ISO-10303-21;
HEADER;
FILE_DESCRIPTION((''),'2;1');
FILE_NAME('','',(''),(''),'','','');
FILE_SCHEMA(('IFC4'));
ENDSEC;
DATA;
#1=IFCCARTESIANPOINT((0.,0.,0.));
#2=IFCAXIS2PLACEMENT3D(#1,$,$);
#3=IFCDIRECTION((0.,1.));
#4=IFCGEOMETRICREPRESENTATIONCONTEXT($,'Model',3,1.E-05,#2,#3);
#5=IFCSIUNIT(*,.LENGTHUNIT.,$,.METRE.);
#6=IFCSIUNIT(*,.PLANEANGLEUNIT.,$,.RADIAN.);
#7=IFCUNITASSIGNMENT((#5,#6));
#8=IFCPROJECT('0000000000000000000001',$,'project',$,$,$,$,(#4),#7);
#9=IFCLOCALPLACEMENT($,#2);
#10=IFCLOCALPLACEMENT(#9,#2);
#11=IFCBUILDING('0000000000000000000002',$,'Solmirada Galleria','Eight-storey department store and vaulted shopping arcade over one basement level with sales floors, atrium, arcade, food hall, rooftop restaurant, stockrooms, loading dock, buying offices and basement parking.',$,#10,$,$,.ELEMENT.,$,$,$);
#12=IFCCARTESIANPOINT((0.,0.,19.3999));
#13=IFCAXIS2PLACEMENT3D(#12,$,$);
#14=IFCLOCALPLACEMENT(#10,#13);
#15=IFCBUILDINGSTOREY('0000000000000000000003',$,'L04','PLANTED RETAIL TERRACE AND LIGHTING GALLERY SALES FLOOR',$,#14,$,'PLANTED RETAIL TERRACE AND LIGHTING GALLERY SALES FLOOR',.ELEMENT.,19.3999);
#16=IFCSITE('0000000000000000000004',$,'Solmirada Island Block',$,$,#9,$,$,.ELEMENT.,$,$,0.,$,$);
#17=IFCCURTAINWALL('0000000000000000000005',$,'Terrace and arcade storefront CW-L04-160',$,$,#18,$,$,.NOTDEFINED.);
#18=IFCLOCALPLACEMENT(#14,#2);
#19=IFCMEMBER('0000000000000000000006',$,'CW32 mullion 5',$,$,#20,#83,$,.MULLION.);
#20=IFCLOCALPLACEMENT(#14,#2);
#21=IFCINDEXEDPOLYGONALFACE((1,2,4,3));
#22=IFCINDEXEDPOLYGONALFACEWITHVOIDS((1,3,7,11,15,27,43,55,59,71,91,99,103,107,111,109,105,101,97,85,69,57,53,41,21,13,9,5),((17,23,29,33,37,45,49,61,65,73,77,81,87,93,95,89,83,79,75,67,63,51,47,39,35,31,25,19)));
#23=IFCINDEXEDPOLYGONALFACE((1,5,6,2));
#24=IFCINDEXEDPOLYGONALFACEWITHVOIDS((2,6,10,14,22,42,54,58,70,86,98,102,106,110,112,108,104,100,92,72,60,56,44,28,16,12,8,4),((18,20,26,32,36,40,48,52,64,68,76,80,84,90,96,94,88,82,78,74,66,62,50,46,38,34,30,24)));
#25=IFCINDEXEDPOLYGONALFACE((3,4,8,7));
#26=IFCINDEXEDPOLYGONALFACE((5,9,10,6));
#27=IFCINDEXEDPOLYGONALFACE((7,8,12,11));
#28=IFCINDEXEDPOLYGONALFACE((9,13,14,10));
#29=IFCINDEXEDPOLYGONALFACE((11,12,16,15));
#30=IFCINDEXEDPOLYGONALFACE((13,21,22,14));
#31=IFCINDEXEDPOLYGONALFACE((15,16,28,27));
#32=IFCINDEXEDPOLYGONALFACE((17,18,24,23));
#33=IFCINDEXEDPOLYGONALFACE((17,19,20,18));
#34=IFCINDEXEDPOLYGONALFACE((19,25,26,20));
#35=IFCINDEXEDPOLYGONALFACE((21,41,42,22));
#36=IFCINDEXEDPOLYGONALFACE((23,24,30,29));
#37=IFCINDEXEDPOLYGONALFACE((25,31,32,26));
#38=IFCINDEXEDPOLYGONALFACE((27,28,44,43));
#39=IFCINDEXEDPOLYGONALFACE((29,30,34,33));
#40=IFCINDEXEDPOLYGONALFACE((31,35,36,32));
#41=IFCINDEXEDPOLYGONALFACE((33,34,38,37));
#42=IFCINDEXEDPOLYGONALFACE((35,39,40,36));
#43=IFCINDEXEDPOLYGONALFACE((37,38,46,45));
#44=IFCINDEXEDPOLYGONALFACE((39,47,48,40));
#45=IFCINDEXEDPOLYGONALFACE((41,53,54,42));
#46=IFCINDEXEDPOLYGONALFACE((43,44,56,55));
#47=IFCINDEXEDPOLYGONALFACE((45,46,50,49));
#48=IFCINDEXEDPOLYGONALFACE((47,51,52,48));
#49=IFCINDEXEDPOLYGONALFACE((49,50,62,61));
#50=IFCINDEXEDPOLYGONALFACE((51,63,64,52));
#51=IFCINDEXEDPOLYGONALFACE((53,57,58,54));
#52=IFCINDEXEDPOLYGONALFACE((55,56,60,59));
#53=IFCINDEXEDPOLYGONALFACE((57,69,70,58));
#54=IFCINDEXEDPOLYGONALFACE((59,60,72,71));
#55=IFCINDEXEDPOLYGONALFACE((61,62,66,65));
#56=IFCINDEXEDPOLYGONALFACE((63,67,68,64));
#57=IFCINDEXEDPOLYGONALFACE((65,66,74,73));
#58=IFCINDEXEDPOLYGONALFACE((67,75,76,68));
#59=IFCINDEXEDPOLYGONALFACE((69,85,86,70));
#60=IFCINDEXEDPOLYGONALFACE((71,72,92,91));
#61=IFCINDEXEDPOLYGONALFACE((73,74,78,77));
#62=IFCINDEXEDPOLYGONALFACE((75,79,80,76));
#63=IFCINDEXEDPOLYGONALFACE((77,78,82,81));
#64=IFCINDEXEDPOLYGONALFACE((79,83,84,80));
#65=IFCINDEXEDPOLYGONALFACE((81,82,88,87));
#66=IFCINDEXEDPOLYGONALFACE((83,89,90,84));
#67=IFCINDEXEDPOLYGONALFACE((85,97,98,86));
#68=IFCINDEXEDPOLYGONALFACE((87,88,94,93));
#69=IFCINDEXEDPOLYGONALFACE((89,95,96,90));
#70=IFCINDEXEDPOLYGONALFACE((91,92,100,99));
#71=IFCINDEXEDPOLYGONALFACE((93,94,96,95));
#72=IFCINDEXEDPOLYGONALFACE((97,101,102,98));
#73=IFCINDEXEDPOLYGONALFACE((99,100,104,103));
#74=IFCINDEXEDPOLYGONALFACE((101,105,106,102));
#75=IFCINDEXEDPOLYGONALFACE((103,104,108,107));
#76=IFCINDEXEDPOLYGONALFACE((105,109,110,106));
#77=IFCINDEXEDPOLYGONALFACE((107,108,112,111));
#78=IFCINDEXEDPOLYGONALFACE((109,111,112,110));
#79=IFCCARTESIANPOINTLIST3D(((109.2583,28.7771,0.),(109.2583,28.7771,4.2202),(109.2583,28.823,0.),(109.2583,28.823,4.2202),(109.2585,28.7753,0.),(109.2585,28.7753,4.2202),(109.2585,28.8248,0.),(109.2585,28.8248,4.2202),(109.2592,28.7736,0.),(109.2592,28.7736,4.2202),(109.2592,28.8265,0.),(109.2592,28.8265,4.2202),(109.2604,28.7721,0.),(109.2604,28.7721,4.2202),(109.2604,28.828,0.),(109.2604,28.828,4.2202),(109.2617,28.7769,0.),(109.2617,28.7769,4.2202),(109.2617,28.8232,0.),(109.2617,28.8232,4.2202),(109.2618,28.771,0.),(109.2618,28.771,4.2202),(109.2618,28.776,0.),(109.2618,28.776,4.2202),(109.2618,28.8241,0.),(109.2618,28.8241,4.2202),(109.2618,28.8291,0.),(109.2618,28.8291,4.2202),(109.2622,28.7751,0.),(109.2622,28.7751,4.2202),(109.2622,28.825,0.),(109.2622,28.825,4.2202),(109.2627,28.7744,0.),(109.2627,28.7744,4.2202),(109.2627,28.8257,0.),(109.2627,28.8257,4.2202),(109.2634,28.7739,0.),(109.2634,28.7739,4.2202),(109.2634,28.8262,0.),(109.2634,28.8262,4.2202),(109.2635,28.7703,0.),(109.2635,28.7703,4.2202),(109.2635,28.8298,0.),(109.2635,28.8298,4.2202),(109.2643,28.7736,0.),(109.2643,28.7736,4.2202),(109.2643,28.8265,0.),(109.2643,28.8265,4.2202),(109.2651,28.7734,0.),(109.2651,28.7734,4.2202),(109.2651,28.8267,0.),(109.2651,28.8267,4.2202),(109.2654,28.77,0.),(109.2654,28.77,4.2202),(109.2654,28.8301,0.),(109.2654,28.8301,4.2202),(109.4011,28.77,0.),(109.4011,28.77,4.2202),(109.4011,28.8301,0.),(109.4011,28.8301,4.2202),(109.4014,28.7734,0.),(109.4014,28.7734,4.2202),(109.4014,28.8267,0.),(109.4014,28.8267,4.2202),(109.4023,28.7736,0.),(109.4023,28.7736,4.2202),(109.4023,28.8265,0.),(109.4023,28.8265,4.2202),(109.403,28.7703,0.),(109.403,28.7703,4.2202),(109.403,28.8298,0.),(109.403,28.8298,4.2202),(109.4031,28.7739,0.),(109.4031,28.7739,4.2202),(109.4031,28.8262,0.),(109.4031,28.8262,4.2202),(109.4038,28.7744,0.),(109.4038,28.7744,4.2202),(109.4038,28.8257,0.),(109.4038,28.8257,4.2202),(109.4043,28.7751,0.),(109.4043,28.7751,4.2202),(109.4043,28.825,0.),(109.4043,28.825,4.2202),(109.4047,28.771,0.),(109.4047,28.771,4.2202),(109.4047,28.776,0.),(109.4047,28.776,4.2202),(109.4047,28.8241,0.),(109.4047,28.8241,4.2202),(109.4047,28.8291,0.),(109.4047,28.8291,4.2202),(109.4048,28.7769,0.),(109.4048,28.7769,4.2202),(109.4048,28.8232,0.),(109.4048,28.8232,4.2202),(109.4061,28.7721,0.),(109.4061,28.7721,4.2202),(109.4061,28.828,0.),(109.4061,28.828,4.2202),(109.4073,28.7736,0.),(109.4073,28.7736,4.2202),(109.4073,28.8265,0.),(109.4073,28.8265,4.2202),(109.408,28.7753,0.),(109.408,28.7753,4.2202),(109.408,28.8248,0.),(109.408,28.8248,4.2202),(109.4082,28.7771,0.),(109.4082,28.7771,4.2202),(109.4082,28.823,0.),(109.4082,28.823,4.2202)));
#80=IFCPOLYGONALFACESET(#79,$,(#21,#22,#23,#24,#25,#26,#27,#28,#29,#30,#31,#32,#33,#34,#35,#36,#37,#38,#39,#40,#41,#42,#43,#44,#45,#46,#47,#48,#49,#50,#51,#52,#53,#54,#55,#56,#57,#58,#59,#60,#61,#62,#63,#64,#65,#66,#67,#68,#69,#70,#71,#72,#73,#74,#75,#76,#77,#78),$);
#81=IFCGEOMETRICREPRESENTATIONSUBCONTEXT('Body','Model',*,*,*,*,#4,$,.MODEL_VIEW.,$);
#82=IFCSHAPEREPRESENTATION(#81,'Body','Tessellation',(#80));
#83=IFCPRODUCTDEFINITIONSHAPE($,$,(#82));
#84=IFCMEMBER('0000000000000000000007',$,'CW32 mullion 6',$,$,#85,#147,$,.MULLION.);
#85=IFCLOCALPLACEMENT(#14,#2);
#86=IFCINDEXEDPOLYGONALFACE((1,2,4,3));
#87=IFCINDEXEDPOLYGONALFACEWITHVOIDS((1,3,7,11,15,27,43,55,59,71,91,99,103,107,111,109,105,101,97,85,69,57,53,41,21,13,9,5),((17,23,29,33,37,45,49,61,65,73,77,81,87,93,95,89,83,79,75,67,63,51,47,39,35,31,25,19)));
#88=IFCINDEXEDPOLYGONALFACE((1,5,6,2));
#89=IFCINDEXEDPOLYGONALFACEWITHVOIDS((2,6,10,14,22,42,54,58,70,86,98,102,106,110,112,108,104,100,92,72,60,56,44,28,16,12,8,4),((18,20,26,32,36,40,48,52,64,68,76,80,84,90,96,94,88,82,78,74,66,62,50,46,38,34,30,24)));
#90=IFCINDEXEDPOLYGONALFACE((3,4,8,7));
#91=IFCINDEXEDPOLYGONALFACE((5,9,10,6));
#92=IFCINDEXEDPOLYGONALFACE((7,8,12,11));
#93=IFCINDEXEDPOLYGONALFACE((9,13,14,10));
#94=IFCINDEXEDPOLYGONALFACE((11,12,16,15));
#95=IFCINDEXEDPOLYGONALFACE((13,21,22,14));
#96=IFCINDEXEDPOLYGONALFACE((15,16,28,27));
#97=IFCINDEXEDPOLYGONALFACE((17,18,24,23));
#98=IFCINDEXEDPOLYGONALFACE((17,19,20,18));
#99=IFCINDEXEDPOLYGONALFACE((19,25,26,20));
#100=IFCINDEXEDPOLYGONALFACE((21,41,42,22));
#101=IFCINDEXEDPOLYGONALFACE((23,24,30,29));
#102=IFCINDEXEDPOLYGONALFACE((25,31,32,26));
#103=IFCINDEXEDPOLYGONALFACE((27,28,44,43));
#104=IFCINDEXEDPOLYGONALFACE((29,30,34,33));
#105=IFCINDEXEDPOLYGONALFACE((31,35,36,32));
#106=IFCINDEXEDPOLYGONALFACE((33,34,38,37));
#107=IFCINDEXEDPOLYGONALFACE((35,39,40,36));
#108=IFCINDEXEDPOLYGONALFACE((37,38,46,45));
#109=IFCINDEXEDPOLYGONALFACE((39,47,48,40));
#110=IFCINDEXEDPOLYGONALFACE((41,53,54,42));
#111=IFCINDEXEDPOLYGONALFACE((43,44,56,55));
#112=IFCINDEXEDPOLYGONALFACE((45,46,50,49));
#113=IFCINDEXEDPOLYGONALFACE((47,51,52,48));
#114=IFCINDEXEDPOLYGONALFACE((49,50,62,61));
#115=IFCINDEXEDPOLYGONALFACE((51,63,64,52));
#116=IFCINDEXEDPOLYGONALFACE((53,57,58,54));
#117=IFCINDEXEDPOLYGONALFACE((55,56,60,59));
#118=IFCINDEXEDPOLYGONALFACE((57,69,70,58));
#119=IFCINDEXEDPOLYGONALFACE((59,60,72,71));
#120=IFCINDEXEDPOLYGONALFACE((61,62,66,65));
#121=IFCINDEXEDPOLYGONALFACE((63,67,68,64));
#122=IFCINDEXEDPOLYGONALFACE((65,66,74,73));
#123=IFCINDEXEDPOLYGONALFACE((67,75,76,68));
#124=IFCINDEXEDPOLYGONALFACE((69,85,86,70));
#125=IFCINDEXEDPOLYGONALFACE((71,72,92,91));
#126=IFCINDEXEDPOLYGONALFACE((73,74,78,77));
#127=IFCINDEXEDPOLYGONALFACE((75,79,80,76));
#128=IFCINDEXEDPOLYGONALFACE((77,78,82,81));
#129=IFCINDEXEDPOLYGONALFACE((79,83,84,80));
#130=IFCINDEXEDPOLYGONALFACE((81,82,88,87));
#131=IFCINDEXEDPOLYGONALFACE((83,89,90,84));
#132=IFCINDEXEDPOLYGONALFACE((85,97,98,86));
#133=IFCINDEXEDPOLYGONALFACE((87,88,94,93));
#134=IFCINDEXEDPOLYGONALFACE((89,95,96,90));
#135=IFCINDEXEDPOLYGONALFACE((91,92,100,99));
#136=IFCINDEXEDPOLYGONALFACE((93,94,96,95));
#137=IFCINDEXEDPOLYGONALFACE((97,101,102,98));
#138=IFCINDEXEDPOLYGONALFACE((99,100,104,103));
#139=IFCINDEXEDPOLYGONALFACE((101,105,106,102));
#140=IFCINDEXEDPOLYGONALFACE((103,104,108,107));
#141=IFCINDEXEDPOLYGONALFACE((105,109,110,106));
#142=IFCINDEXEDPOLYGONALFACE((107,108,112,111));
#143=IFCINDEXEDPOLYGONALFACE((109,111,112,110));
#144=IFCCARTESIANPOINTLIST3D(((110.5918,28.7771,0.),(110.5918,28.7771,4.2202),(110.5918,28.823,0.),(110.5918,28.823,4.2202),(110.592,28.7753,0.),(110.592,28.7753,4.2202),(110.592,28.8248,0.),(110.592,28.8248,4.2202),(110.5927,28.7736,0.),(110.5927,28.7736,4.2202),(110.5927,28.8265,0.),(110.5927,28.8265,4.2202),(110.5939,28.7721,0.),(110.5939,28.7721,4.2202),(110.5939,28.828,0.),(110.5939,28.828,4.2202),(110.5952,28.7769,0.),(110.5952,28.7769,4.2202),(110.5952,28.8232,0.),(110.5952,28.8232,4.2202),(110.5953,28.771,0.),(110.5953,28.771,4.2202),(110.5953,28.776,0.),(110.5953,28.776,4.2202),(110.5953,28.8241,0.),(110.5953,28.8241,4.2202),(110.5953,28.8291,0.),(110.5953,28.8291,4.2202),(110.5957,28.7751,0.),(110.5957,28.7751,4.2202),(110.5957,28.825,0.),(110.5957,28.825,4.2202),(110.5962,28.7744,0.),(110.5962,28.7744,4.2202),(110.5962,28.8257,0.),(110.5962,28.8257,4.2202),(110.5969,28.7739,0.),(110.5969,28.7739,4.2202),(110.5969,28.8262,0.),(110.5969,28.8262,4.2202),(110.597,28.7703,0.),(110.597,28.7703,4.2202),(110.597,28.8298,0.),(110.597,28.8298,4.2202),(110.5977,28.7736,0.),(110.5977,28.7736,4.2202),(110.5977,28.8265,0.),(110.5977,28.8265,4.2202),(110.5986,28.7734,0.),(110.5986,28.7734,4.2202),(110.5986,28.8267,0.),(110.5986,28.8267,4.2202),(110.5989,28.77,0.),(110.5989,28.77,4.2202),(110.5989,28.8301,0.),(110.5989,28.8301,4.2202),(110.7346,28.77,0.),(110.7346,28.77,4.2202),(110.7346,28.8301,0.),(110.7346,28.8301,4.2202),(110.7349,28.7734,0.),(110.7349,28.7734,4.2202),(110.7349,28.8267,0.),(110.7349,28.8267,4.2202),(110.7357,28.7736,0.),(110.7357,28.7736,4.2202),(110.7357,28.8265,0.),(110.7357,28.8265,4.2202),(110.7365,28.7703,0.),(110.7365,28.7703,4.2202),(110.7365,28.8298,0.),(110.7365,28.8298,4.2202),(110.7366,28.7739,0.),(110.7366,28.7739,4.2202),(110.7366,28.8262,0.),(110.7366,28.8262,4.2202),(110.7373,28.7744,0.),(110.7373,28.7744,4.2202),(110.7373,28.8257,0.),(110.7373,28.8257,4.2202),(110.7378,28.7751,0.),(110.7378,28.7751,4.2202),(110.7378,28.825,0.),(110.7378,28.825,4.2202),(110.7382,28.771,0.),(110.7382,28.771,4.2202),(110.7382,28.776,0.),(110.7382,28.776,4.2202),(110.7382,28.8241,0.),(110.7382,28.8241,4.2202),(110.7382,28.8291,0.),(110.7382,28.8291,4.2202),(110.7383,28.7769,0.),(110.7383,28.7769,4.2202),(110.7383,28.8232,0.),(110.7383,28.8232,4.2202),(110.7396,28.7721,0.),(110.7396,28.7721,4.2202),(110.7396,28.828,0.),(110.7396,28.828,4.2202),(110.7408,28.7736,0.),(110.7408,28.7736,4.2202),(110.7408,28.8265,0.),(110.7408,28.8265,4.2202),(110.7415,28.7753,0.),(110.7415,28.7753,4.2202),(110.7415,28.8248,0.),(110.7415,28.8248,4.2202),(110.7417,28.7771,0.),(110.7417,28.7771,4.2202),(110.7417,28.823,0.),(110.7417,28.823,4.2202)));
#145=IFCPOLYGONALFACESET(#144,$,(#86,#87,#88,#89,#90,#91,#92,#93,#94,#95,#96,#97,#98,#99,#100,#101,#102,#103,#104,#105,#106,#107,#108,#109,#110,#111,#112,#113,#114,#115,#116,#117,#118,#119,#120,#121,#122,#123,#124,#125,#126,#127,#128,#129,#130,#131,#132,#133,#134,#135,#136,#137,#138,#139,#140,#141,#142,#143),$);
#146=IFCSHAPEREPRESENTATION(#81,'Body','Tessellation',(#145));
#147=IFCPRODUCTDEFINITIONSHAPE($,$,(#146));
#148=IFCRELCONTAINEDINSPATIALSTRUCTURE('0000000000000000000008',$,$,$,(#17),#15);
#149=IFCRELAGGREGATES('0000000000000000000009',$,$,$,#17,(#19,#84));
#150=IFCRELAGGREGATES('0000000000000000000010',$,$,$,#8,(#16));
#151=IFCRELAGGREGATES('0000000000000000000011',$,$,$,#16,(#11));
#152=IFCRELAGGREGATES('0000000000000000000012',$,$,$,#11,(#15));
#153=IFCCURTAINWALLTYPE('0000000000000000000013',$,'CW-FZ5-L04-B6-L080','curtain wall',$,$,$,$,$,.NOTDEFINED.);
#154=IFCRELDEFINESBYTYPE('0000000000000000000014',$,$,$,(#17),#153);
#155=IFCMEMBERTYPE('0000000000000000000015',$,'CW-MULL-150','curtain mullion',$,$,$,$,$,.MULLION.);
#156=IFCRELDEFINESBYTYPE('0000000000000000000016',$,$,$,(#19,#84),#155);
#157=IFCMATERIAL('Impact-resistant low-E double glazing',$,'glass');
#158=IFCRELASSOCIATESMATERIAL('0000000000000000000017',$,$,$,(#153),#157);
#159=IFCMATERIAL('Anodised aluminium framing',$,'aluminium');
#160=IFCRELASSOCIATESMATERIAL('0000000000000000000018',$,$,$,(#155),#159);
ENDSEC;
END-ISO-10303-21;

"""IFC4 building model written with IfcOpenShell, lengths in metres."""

from ifc_helpers import new_model, si_unit, direction, frame, origin, origin_2d, place, context, subcontext, project, spatial, hollow_rectangle, extrude, material, material_profile, profile_set, type_object, element, aggregate, save


model = new_model("IFC4")

# Units and contexts
model_context = context("Model", 3, precision=1e-05, world=origin(), true_north=direction((0.0, 1.0)))
body_context = subcontext(model_context, "Body", "Model", "MODEL_VIEW")
ifc_project = project(units=[si_unit("LENGTHUNIT", "METRE"), si_unit("PLANEANGLEUNIT", "RADIAN")], contexts=[model_context])

# Site, building, storey
site_placement = place(None, origin())
site = spatial("IfcSite", under=ifc_project, at=site_placement, Name="Solmirada Island Block", CompositionType="ELEMENT", RefElevation=0.0)
building_placement = place(site_placement, origin())
building = spatial("IfcBuilding", under=site, at=building_placement, Name="Solmirada Galleria", Description="Eight-storey department store and vaulted shopping arcade over one basement level with sales floors, atrium, arcade, food hall, rooftop restaurant, stockrooms, loading dock, buying offices and basement parking.", CompositionType="ELEMENT")
storey_placement = place(building_placement, frame((0.0, 0.0, 19.3999)))
storey = spatial("IfcBuildingStorey", under=building, at=storey_placement, Name="L04", Description="PLANTED RETAIL TERRACE AND LIGHTING GALLERY SALES FLOOR", LongName="PLANTED RETAIL TERRACE AND LIGHTING GALLERY SALES FLOOR", CompositionType="ELEMENT", Elevation=19.3999)

# Curtain wall, members
ifc_material_1 = material(Name="Impact-resistant low-E double glazing", Category="glass")
curtain_wall_type = type_object("IfcCurtainWallType", Name="CW-FZ5-L04-B6-L080", Description="curtain wall", PredefinedType="NOTDEFINED", material=ifc_material_1)
curtain_wall_placement = place(storey_placement, origin())
curtain_wall = element("IfcCurtainWall", 1, at=curtain_wall_placement, inside=storey, type_object=curtain_wall_type, Name="Terrace and arcade storefront CW-L04-160", PredefinedType="NOTDEFINED")
ifc_material_2 = material(Name="Anodised aluminium framing", Category="aluminium")
ifc_material_profile_1 = material_profile(ifc_material_2, hollow_rectangle(XDim=0.0601, YDim=0.1499, WallThickness=0.0034, InnerFilletRadius=0.0034, OuterFilletRadius=0.0071, at=origin_2d()), Name="ALU-MULL-150X60")
ifc_profile_set_1 = profile_set([ifc_material_profile_1], Name="Anodised aluminium framing")
member_type_1 = type_object("IfcMemberType", Name="CW-MULL-150", Description="curtain mullion", PredefinedType="MULLION", material=ifc_profile_set_1)
member_1_placement = place(storey_placement, frame((109.3333, 28.8, 0.0), z_axis=(0.0, 0.0, 1.0), x_axis=(0.0, 1.0, 0.0)))
member_1 = element("IfcMember", 2, at=member_1_placement, type_object=member_type_1, Name="CW32 mullion 5", PredefinedType="MULLION", context=body_context, shape_type="SweptSolid", body=[
    extrude(hollow_rectangle(XDim=0.0601, YDim=0.1499, WallThickness=0.0034, InnerFilletRadius=0.0034, OuterFilletRadius=0.0071, at=origin_2d()), origin(), (0.0, 0.0, 1.0), 4.2202),
])
member_2_placement = place(storey_placement, frame((110.6667, 28.8, 0.0), z_axis=(0.0, 0.0, 1.0), x_axis=(0.0, 1.0, 0.0)))
member_2 = element("IfcMember", 3, at=member_2_placement, type_object=member_type_1, Name="CW32 mullion 6", PredefinedType="MULLION", context=body_context, shape_type="SweptSolid", body=[
    extrude(hollow_rectangle(XDim=0.0601, YDim=0.1499, WallThickness=0.0034, InnerFilletRadius=0.0034, OuterFilletRadius=0.0071, at=origin_2d()), origin(), (0.0, 0.0, 1.0), 4.2202),
])
aggregate(curtain_wall, [member_1, member_2])

save(model, "model.ifc")
